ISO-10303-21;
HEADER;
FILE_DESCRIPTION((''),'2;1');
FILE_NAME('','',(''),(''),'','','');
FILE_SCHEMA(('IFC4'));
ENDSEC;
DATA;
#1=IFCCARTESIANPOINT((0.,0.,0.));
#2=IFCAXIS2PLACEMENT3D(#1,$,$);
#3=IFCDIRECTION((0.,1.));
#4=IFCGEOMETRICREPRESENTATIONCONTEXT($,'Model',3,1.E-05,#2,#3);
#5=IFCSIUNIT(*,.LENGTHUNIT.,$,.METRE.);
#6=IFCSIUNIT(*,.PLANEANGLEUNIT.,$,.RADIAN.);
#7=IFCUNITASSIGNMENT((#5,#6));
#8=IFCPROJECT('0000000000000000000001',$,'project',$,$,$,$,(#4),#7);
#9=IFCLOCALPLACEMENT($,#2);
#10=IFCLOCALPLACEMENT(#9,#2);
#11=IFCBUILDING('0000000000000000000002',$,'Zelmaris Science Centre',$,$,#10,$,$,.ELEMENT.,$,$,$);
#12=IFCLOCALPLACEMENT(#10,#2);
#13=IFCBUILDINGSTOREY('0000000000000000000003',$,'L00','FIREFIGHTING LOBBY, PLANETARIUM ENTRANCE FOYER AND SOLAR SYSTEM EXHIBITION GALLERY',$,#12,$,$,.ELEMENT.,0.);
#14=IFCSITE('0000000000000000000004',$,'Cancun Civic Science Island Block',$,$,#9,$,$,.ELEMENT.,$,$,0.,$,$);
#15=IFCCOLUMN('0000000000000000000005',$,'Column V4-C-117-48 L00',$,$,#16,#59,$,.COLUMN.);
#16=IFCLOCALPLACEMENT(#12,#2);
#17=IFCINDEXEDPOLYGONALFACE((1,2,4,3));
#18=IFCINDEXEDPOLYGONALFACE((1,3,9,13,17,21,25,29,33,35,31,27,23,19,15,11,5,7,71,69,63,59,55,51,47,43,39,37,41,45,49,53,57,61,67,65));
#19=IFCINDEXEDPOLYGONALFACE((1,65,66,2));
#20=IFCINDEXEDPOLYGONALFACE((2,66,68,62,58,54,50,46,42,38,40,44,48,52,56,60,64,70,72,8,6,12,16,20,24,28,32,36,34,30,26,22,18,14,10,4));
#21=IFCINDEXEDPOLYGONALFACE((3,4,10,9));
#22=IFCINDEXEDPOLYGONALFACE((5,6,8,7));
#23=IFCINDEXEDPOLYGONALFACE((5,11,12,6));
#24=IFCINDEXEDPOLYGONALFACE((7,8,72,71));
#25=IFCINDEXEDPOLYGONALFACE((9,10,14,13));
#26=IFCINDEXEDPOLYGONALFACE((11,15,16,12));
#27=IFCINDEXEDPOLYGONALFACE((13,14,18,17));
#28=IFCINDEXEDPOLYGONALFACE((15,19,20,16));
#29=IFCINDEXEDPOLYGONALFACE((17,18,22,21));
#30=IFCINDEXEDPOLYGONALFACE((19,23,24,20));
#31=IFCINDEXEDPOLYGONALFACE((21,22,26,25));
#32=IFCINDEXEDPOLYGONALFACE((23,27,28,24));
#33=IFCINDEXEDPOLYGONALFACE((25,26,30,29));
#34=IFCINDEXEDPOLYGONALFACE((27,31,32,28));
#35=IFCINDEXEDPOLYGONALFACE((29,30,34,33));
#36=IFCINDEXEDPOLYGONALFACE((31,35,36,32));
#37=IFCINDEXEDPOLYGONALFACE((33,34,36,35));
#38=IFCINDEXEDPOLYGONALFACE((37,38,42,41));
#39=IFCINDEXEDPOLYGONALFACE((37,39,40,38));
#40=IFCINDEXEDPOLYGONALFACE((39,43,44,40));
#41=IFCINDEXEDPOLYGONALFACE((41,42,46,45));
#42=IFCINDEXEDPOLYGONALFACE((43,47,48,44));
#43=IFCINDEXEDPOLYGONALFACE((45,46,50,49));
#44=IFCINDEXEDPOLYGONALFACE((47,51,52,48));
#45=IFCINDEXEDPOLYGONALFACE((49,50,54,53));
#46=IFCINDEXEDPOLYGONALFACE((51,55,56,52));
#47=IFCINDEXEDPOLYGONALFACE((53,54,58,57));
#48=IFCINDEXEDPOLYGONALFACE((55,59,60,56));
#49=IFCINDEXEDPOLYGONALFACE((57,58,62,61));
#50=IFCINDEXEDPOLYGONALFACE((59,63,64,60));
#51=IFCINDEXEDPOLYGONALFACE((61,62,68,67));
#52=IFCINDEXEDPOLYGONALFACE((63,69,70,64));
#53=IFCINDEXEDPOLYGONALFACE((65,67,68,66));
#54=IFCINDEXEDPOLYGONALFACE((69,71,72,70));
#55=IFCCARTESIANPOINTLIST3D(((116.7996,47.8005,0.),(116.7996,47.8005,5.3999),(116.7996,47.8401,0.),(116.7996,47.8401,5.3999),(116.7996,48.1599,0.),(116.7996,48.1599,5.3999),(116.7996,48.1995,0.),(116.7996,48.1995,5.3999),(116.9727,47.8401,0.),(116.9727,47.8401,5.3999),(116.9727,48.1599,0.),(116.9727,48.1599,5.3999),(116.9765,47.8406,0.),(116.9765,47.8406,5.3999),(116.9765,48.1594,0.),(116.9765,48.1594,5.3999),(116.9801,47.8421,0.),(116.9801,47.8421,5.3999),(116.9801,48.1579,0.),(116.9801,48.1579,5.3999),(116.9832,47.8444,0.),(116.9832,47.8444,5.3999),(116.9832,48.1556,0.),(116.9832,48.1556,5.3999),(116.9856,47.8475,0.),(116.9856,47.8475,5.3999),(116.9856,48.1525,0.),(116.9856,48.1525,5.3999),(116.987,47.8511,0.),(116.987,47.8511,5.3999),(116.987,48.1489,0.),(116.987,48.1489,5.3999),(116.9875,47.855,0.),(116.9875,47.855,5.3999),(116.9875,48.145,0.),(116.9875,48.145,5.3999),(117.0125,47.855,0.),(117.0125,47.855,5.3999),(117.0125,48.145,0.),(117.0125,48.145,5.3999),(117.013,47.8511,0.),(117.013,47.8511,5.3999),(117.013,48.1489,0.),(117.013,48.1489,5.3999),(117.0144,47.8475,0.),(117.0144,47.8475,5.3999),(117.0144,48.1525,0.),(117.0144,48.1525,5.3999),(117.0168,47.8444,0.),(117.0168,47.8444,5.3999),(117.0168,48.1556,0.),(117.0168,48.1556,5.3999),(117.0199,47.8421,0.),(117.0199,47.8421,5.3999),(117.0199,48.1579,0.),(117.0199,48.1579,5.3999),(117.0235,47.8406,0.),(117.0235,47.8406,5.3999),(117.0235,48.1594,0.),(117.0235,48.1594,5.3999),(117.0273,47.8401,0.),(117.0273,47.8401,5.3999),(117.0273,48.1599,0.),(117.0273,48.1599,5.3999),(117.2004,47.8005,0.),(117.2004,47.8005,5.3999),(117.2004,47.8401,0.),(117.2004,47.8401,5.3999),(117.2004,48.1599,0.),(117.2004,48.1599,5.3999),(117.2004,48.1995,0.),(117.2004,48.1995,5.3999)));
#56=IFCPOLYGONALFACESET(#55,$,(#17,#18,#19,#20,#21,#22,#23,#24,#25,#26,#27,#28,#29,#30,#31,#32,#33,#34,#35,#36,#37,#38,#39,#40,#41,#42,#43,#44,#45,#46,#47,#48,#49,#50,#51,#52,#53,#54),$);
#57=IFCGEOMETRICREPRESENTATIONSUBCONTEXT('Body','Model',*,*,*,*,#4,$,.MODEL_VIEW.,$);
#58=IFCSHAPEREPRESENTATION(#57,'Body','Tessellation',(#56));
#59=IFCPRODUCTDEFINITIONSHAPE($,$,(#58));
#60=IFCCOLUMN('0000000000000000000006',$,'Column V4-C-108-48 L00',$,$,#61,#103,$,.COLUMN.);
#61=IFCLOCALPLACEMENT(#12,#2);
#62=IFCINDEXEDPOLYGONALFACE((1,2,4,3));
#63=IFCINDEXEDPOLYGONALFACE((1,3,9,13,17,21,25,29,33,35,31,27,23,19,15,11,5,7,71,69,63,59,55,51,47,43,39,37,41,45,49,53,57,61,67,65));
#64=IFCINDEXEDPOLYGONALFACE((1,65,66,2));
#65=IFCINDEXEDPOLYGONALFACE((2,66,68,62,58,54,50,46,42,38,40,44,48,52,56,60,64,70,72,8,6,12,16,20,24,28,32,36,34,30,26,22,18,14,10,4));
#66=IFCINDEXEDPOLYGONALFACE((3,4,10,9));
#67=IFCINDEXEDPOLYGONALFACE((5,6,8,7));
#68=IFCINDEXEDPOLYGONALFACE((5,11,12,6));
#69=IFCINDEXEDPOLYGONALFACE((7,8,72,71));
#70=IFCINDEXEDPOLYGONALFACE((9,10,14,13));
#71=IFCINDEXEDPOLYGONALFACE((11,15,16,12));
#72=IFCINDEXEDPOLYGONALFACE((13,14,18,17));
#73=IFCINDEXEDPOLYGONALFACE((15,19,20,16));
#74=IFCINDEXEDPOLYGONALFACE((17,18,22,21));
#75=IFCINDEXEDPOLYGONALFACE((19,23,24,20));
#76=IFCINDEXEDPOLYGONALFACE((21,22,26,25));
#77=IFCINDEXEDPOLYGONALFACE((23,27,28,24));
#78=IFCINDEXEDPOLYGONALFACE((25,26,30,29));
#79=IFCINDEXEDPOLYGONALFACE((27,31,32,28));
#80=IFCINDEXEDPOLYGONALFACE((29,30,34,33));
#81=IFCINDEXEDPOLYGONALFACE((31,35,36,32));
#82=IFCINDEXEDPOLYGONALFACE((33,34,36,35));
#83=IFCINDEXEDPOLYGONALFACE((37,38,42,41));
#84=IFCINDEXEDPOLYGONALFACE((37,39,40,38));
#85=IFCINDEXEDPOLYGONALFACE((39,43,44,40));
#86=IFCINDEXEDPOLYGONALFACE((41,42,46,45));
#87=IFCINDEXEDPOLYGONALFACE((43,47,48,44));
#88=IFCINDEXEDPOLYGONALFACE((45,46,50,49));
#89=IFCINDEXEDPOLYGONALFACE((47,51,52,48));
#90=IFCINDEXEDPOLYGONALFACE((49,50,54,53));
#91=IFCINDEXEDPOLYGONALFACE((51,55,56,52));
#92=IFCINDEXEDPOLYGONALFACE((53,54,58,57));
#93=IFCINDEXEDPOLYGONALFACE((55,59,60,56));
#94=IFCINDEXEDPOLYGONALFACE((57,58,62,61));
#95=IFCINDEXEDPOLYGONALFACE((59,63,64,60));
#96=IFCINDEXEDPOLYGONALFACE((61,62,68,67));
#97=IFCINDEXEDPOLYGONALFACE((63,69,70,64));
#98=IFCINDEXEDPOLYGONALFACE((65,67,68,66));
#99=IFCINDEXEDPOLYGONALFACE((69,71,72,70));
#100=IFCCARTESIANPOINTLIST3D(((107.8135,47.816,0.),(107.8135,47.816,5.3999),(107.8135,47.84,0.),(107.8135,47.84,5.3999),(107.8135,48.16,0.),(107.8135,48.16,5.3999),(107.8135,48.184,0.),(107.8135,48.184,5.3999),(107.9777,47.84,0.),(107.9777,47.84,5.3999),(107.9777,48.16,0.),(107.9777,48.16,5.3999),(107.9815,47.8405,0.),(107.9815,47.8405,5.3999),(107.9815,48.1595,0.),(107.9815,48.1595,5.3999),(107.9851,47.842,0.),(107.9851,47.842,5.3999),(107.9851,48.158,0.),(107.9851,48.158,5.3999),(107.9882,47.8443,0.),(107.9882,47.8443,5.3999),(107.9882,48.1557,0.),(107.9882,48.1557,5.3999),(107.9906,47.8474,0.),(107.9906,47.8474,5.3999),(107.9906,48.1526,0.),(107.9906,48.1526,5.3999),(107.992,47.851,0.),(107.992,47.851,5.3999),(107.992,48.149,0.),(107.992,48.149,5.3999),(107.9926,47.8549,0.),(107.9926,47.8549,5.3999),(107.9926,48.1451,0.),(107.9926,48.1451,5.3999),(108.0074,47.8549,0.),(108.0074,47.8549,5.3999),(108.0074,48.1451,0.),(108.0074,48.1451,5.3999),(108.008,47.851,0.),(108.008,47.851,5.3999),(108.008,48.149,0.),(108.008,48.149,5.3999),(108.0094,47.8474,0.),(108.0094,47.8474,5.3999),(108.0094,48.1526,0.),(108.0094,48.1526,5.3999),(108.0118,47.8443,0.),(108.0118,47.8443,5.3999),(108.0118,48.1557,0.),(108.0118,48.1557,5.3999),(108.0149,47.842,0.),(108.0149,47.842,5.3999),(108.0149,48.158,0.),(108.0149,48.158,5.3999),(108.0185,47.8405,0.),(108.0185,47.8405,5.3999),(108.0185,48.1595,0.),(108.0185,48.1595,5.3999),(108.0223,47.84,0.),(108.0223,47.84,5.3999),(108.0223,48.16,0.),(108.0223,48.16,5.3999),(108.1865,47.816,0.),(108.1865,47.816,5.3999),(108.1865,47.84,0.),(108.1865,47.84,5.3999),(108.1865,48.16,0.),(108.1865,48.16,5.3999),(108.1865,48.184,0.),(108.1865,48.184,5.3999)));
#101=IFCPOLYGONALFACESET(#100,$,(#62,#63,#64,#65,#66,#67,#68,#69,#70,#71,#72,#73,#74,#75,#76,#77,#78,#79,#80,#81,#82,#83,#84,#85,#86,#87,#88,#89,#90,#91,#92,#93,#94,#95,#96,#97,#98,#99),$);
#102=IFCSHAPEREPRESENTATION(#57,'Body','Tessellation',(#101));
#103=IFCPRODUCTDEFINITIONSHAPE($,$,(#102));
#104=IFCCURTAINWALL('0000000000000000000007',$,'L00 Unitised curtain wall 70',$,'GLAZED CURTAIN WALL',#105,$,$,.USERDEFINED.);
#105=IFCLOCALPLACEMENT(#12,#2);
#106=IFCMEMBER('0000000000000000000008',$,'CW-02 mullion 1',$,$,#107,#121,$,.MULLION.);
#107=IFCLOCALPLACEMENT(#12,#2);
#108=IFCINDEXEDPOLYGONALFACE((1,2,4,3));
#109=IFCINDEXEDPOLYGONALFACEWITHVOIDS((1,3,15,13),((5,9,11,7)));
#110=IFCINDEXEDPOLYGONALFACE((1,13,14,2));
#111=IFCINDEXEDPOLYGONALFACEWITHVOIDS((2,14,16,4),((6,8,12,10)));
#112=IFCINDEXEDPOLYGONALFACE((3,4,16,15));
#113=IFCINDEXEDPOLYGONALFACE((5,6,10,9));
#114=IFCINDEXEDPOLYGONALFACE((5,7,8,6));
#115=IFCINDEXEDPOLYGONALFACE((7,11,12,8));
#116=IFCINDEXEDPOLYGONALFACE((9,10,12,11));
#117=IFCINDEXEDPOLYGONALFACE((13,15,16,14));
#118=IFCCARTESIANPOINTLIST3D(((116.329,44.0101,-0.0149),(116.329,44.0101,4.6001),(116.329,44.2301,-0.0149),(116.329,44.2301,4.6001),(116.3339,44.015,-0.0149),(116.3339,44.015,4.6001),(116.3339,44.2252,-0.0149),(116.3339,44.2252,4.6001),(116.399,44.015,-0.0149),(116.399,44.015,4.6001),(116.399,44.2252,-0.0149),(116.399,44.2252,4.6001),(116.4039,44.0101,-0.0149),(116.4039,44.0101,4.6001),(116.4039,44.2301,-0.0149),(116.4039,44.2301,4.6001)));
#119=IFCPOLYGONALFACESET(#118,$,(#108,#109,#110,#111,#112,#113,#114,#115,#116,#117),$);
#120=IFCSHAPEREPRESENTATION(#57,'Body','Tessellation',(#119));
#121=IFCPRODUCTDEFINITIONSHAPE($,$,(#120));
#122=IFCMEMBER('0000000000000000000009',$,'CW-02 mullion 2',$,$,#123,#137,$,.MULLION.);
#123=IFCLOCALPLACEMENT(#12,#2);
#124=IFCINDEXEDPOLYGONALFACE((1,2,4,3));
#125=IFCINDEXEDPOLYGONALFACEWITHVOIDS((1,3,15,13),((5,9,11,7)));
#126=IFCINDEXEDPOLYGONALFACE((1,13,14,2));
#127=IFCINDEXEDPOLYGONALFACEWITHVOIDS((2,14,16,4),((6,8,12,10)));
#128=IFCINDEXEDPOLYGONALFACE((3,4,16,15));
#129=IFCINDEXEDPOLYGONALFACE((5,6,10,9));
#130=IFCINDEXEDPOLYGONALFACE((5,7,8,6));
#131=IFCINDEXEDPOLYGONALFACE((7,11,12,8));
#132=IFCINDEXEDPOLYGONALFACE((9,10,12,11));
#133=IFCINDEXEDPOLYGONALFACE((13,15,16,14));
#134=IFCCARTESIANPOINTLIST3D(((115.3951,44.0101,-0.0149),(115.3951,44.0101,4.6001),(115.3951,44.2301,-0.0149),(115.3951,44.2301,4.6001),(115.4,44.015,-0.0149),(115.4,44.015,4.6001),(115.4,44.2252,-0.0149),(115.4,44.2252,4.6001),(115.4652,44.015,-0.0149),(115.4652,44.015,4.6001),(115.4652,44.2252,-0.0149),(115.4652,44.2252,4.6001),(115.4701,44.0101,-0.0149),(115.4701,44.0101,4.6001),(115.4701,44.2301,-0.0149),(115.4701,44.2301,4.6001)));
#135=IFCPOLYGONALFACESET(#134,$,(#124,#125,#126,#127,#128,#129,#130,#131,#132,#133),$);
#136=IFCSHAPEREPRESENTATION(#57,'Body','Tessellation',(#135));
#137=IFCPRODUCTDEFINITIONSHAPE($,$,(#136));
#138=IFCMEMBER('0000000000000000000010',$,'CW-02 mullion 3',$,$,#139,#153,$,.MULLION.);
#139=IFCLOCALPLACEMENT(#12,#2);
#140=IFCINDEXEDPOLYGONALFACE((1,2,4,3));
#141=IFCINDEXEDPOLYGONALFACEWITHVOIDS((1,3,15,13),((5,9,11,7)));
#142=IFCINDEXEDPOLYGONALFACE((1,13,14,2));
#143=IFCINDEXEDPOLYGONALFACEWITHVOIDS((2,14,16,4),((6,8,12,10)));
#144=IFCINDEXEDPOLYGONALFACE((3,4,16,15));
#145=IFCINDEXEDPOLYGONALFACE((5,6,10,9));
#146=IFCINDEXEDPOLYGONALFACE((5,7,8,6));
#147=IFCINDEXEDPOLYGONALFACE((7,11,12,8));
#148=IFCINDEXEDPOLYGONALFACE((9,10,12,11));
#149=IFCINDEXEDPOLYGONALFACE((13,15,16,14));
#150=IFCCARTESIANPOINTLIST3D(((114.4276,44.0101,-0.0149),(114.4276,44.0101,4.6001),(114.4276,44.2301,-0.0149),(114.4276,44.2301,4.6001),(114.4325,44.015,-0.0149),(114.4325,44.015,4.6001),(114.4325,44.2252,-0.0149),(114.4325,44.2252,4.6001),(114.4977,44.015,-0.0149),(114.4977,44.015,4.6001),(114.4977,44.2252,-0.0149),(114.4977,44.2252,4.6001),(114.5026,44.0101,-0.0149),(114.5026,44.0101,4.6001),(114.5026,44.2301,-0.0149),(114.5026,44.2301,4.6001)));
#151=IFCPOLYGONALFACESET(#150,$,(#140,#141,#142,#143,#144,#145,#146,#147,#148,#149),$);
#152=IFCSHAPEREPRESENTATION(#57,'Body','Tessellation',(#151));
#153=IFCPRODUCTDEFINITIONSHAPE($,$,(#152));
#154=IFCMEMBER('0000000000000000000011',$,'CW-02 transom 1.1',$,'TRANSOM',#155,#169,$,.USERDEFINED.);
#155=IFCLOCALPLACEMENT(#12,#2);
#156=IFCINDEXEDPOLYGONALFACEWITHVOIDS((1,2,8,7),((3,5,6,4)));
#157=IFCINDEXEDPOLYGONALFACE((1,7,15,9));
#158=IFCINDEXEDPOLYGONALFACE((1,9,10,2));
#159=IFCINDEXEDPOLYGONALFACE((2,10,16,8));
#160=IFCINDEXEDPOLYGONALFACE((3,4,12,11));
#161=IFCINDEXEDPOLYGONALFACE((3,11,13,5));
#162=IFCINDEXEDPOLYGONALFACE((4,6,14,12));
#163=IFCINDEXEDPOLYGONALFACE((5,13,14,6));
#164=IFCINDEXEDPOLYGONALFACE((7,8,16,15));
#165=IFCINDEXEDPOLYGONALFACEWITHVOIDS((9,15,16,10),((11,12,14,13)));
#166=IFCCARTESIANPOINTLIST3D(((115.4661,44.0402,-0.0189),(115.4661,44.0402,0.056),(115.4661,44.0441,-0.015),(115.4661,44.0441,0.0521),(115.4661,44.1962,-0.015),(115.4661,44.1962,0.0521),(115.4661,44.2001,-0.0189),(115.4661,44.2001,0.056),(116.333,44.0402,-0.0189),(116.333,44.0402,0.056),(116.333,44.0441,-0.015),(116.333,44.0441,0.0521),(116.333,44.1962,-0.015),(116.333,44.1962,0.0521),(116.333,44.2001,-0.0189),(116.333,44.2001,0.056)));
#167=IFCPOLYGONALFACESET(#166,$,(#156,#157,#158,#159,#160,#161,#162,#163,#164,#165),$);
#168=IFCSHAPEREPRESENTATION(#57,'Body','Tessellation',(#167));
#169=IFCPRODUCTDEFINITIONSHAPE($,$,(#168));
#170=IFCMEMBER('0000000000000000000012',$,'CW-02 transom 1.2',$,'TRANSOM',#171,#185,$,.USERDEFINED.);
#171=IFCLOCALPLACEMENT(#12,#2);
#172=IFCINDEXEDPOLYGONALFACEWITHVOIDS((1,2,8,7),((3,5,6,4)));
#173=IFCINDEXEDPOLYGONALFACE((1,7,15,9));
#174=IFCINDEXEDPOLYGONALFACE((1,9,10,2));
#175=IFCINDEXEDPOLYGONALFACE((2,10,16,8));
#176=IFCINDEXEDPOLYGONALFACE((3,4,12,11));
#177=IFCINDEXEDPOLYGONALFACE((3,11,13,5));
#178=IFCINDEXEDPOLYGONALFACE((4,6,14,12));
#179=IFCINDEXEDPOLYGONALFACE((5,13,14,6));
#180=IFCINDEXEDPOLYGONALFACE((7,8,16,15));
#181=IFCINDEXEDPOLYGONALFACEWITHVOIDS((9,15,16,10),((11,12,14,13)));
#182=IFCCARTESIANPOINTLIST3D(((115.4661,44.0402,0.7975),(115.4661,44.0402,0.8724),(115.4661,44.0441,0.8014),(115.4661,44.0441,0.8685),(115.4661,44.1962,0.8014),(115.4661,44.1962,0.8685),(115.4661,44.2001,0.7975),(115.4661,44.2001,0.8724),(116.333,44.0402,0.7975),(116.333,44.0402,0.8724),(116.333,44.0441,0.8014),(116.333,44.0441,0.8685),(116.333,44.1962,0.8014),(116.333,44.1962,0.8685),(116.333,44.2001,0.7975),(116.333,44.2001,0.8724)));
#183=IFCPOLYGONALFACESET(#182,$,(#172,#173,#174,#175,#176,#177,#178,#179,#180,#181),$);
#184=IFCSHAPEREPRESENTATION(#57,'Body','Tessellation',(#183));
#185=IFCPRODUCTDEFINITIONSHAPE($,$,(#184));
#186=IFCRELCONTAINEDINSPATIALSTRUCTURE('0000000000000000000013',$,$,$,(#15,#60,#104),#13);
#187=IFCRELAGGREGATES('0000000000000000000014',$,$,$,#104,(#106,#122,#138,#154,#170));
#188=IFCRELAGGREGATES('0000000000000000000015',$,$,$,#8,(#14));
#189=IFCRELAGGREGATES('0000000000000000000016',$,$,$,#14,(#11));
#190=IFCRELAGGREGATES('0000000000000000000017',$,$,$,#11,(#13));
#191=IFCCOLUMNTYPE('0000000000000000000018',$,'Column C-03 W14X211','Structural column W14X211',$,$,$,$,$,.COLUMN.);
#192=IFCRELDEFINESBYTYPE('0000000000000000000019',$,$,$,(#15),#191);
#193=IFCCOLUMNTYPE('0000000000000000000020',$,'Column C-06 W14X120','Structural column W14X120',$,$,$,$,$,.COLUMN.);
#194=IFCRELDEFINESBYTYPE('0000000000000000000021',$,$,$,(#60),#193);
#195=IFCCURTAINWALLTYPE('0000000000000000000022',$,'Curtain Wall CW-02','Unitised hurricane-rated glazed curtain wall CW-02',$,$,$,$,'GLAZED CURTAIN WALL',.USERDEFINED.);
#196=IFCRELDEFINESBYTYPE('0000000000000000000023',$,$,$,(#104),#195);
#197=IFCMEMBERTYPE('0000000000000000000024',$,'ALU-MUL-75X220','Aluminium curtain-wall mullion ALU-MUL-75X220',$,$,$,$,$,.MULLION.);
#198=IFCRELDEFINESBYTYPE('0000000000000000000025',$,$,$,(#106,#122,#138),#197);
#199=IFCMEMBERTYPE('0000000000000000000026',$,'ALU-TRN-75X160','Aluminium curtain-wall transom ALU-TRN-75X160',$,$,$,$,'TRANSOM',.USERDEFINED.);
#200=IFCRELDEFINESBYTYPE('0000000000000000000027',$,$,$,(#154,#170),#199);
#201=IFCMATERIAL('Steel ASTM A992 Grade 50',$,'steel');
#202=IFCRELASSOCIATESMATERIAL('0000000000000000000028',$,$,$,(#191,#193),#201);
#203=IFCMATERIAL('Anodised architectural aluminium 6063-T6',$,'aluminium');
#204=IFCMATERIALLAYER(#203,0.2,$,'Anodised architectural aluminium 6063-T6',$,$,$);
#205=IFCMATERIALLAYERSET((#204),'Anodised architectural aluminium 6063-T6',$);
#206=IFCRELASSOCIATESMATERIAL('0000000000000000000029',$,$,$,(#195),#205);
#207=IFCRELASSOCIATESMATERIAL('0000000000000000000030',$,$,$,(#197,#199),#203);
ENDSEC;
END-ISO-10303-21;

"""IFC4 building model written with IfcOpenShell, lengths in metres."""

from ifc_helpers import new_model, si_unit, direction, frame, origin, origin_2d, place, context, subcontext, project, spatial, hollow_rectangle, i_section, extrude, material, layer, layer_set, material_profile, profile_set, type_object, element, aggregate, save


model = new_model("IFC4")

# Units and contexts
model_context = context("Model", 3, precision=1e-05, world=origin(), true_north=direction((0.0, 1.0)))
body_context = subcontext(model_context, "Body", "Model", "MODEL_VIEW")
ifc_project = project(units=[si_unit("LENGTHUNIT", "METRE"), si_unit("PLANEANGLEUNIT", "RADIAN")], contexts=[model_context])

# Site, building, storey
site_placement = place(None, origin())
site = spatial("IfcSite", under=ifc_project, at=site_placement, Name="Cancun Civic Science Island Block", CompositionType="ELEMENT", RefElevation=0.0)
building_placement = place(site_placement, origin())
building = spatial("IfcBuilding", under=site, at=building_placement, Name="Zelmaris Science Centre", CompositionType="ELEMENT")
storey_placement = place(building_placement, origin())
storey = spatial("IfcBuildingStorey", under=building, at=storey_placement, Name="L00", Description="FIREFIGHTING LOBBY, PLANETARIUM ENTRANCE FOYER AND SOLAR SYSTEM EXHIBITION GALLERY", CompositionType="ELEMENT", Elevation=0.0)

# Columns
ifc_material_1 = material(Name="Steel ASTM A992 Grade 50", Category="steel")
ifc_material_profile_1 = material_profile(ifc_material_1, i_section(OverallWidth=0.4009, OverallDepth=0.3989, WebThickness=0.0249, FlangeThickness=0.0396, FilletRadius=0.0149, at=origin_2d()), Name="W14X211")
ifc_profile_set_1 = profile_set([ifc_material_profile_1], Name="Steel ASTM A992 Grade 50")
column_type_1 = type_object("IfcColumnType", Name="Column C-03 W14X211", Description="Structural column W14X211", PredefinedType="COLUMN", material=ifc_profile_set_1)
column_1_placement = place(storey_placement, frame((117.0, 48.0, 0.0), z_axis=(0.0, 0.0, 1.0), x_axis=(1.0, 0.0, 0.0)))
element("IfcColumn", 1, at=column_1_placement, inside=storey, type_object=column_type_1, Name="Column V4-C-117-48 L00", PredefinedType="COLUMN", context=body_context, shape_type="SweptSolid", body=[
    extrude(i_section(OverallWidth=0.4009, OverallDepth=0.3989, WebThickness=0.0249, FlangeThickness=0.0396, FilletRadius=0.0149, at=origin_2d()), origin(), (0.0, 0.0, 1.0), 5.3999),
])
ifc_material_profile_2 = material_profile(ifc_material_1, i_section(OverallWidth=0.373, OverallDepth=0.3679, WebThickness=0.0149, FlangeThickness=0.0239, FilletRadius=0.0149, at=origin_2d()), Name="W14X120")
ifc_profile_set_2 = profile_set([ifc_material_profile_2], Name="Steel ASTM A992 Grade 50")
column_type_2 = type_object("IfcColumnType", Name="Column C-06 W14X120", Description="Structural column W14X120", PredefinedType="COLUMN", material=ifc_profile_set_2)
column_2_placement = place(storey_placement, frame((108.0, 48.0, 0.0), z_axis=(0.0, 0.0, 1.0), x_axis=(1.0, 0.0, 0.0)))
element("IfcColumn", 2, at=column_2_placement, inside=storey, type_object=column_type_2, Name="Column V4-C-108-48 L00", PredefinedType="COLUMN", context=body_context, shape_type="SweptSolid", body=[
    extrude(i_section(OverallWidth=0.373, OverallDepth=0.3679, WebThickness=0.0149, FlangeThickness=0.0239, FilletRadius=0.0149, at=origin_2d()), origin(), (0.0, 0.0, 1.0), 5.3999),
])

# Curtain wall, members
ifc_material_2 = material(Name="Anodised architectural aluminium 6063-T6", Category="aluminium")
ifc_layer_1 = layer(ifc_material_2, 0.2, Name="Anodised architectural aluminium 6063-T6")
ifc_layer_set_1 = layer_set([ifc_layer_1], Name="Anodised architectural aluminium 6063-T6")
curtain_wall_type = type_object("IfcCurtainWallType", Name="Curtain Wall CW-02", Description="Unitised hurricane-rated glazed curtain wall CW-02", ElementType="GLAZED CURTAIN WALL", PredefinedType="USERDEFINED", material=ifc_layer_set_1)
curtain_wall_placement = place(storey_placement, origin())
curtain_wall = element("IfcCurtainWall", 3, at=curtain_wall_placement, inside=storey, type_object=curtain_wall_type, Name="L00 Unitised curtain wall 70", ObjectType="GLAZED CURTAIN WALL", PredefinedType="USERDEFINED")
ifc_material_profile_3 = material_profile(ifc_material_2, hollow_rectangle(XDim=0.075, YDim=0.22, WallThickness=0.0049, at=origin_2d()), Name="ALU-MUL-75X220")
ifc_profile_set_3 = profile_set([ifc_material_profile_3], Name="Anodised architectural aluminium 6063-T6")
member_type_1 = type_object("IfcMemberType", Name="ALU-MUL-75X220", Description="Aluminium curtain-wall mullion ALU-MUL-75X220", PredefinedType="MULLION", material=ifc_profile_set_3)
member_1_placement = place(storey_placement, frame((116.3665, 44.1201, -0.0149), z_axis=(0.0, 0.0, 1.0), x_axis=(-1.0, 0.000007, 0.0)))
member_1 = element("IfcMember", 4, at=member_1_placement, type_object=member_type_1, Name="CW-02 mullion 1", PredefinedType="MULLION", context=body_context, shape_type="SweptSolid", body=[
    extrude(hollow_rectangle(XDim=0.075, YDim=0.22, WallThickness=0.0049, at=origin_2d()), origin(), (0.0, 0.0, 1.0), 4.615),
])
member_2_placement = place(storey_placement, frame((115.4326, 44.1201, -0.0149), z_axis=(0.0, 0.0, 1.0), x_axis=(-1.0, 0.000007, 0.0)))
member_2 = element("IfcMember", 5, at=member_2_placement, type_object=member_type_1, Name="CW-02 mullion 2", PredefinedType="MULLION", context=body_context, shape_type="SweptSolid", body=[
    extrude(hollow_rectangle(XDim=0.075, YDim=0.22, WallThickness=0.0049, at=origin_2d()), origin(), (0.0, 0.0, 1.0), 4.615),
])
member_3_placement = place(storey_placement, frame((114.4651, 44.1201, -0.0149), z_axis=(0.0, 0.0, 1.0), x_axis=(-1.0, 0.000007, 0.0)))
member_3 = element("IfcMember", 6, at=member_3_placement, type_object=member_type_1, Name="CW-02 mullion 3", PredefinedType="MULLION", context=body_context, shape_type="SweptSolid", body=[
    extrude(hollow_rectangle(XDim=0.075, YDim=0.22, WallThickness=0.0049, at=origin_2d()), origin(), (0.0, 0.0, 1.0), 4.615),
])
ifc_material_profile_4 = material_profile(ifc_material_2, hollow_rectangle(XDim=0.075, YDim=0.1599, WallThickness=0.0039, at=origin_2d()), Name="ALU-TRN-75X160")
ifc_profile_set_4 = profile_set([ifc_material_profile_4], Name="Anodised architectural aluminium 6063-T6")
member_type_2 = type_object("IfcMemberType", Name="ALU-TRN-75X160", Description="Aluminium curtain-wall transom ALU-TRN-75X160", ElementType="TRANSOM", PredefinedType="USERDEFINED", material=ifc_profile_set_4)
member_4_placement = place(storey_placement, frame((116.333, 44.1201, 0.0186), z_axis=(-1.0, 0.0, 0.0), x_axis=(0.0, 0.0, 1.0)))
member_4 = element("IfcMember", 7, at=member_4_placement, type_object=member_type_2, Name="CW-02 transom 1.1", ObjectType="TRANSOM", PredefinedType="USERDEFINED", context=body_context, shape_type="SweptSolid", body=[
    extrude(hollow_rectangle(XDim=0.075, YDim=0.1599, WallThickness=0.0039, at=origin_2d()), origin(), (0.0, 0.0, 1.0), 0.8669),
])
member_5_placement = place(storey_placement, frame((116.333, 44.1201, 0.835), z_axis=(-1.0, 0.0, 0.0), x_axis=(0.0, 0.0, 1.0)))
member_5 = element("IfcMember", 8, at=member_5_placement, type_object=member_type_2, Name="CW-02 transom 1.2", ObjectType="TRANSOM", PredefinedType="USERDEFINED", context=body_context, shape_type="SweptSolid", body=[
    extrude(hollow_rectangle(XDim=0.075, YDim=0.1599, WallThickness=0.0039, at=origin_2d()), origin(), (0.0, 0.0, 1.0), 0.8669),
])

aggregate(curtain_wall, [member_1, member_2, member_3, member_4, member_5])

save(model, "model.ifc")
